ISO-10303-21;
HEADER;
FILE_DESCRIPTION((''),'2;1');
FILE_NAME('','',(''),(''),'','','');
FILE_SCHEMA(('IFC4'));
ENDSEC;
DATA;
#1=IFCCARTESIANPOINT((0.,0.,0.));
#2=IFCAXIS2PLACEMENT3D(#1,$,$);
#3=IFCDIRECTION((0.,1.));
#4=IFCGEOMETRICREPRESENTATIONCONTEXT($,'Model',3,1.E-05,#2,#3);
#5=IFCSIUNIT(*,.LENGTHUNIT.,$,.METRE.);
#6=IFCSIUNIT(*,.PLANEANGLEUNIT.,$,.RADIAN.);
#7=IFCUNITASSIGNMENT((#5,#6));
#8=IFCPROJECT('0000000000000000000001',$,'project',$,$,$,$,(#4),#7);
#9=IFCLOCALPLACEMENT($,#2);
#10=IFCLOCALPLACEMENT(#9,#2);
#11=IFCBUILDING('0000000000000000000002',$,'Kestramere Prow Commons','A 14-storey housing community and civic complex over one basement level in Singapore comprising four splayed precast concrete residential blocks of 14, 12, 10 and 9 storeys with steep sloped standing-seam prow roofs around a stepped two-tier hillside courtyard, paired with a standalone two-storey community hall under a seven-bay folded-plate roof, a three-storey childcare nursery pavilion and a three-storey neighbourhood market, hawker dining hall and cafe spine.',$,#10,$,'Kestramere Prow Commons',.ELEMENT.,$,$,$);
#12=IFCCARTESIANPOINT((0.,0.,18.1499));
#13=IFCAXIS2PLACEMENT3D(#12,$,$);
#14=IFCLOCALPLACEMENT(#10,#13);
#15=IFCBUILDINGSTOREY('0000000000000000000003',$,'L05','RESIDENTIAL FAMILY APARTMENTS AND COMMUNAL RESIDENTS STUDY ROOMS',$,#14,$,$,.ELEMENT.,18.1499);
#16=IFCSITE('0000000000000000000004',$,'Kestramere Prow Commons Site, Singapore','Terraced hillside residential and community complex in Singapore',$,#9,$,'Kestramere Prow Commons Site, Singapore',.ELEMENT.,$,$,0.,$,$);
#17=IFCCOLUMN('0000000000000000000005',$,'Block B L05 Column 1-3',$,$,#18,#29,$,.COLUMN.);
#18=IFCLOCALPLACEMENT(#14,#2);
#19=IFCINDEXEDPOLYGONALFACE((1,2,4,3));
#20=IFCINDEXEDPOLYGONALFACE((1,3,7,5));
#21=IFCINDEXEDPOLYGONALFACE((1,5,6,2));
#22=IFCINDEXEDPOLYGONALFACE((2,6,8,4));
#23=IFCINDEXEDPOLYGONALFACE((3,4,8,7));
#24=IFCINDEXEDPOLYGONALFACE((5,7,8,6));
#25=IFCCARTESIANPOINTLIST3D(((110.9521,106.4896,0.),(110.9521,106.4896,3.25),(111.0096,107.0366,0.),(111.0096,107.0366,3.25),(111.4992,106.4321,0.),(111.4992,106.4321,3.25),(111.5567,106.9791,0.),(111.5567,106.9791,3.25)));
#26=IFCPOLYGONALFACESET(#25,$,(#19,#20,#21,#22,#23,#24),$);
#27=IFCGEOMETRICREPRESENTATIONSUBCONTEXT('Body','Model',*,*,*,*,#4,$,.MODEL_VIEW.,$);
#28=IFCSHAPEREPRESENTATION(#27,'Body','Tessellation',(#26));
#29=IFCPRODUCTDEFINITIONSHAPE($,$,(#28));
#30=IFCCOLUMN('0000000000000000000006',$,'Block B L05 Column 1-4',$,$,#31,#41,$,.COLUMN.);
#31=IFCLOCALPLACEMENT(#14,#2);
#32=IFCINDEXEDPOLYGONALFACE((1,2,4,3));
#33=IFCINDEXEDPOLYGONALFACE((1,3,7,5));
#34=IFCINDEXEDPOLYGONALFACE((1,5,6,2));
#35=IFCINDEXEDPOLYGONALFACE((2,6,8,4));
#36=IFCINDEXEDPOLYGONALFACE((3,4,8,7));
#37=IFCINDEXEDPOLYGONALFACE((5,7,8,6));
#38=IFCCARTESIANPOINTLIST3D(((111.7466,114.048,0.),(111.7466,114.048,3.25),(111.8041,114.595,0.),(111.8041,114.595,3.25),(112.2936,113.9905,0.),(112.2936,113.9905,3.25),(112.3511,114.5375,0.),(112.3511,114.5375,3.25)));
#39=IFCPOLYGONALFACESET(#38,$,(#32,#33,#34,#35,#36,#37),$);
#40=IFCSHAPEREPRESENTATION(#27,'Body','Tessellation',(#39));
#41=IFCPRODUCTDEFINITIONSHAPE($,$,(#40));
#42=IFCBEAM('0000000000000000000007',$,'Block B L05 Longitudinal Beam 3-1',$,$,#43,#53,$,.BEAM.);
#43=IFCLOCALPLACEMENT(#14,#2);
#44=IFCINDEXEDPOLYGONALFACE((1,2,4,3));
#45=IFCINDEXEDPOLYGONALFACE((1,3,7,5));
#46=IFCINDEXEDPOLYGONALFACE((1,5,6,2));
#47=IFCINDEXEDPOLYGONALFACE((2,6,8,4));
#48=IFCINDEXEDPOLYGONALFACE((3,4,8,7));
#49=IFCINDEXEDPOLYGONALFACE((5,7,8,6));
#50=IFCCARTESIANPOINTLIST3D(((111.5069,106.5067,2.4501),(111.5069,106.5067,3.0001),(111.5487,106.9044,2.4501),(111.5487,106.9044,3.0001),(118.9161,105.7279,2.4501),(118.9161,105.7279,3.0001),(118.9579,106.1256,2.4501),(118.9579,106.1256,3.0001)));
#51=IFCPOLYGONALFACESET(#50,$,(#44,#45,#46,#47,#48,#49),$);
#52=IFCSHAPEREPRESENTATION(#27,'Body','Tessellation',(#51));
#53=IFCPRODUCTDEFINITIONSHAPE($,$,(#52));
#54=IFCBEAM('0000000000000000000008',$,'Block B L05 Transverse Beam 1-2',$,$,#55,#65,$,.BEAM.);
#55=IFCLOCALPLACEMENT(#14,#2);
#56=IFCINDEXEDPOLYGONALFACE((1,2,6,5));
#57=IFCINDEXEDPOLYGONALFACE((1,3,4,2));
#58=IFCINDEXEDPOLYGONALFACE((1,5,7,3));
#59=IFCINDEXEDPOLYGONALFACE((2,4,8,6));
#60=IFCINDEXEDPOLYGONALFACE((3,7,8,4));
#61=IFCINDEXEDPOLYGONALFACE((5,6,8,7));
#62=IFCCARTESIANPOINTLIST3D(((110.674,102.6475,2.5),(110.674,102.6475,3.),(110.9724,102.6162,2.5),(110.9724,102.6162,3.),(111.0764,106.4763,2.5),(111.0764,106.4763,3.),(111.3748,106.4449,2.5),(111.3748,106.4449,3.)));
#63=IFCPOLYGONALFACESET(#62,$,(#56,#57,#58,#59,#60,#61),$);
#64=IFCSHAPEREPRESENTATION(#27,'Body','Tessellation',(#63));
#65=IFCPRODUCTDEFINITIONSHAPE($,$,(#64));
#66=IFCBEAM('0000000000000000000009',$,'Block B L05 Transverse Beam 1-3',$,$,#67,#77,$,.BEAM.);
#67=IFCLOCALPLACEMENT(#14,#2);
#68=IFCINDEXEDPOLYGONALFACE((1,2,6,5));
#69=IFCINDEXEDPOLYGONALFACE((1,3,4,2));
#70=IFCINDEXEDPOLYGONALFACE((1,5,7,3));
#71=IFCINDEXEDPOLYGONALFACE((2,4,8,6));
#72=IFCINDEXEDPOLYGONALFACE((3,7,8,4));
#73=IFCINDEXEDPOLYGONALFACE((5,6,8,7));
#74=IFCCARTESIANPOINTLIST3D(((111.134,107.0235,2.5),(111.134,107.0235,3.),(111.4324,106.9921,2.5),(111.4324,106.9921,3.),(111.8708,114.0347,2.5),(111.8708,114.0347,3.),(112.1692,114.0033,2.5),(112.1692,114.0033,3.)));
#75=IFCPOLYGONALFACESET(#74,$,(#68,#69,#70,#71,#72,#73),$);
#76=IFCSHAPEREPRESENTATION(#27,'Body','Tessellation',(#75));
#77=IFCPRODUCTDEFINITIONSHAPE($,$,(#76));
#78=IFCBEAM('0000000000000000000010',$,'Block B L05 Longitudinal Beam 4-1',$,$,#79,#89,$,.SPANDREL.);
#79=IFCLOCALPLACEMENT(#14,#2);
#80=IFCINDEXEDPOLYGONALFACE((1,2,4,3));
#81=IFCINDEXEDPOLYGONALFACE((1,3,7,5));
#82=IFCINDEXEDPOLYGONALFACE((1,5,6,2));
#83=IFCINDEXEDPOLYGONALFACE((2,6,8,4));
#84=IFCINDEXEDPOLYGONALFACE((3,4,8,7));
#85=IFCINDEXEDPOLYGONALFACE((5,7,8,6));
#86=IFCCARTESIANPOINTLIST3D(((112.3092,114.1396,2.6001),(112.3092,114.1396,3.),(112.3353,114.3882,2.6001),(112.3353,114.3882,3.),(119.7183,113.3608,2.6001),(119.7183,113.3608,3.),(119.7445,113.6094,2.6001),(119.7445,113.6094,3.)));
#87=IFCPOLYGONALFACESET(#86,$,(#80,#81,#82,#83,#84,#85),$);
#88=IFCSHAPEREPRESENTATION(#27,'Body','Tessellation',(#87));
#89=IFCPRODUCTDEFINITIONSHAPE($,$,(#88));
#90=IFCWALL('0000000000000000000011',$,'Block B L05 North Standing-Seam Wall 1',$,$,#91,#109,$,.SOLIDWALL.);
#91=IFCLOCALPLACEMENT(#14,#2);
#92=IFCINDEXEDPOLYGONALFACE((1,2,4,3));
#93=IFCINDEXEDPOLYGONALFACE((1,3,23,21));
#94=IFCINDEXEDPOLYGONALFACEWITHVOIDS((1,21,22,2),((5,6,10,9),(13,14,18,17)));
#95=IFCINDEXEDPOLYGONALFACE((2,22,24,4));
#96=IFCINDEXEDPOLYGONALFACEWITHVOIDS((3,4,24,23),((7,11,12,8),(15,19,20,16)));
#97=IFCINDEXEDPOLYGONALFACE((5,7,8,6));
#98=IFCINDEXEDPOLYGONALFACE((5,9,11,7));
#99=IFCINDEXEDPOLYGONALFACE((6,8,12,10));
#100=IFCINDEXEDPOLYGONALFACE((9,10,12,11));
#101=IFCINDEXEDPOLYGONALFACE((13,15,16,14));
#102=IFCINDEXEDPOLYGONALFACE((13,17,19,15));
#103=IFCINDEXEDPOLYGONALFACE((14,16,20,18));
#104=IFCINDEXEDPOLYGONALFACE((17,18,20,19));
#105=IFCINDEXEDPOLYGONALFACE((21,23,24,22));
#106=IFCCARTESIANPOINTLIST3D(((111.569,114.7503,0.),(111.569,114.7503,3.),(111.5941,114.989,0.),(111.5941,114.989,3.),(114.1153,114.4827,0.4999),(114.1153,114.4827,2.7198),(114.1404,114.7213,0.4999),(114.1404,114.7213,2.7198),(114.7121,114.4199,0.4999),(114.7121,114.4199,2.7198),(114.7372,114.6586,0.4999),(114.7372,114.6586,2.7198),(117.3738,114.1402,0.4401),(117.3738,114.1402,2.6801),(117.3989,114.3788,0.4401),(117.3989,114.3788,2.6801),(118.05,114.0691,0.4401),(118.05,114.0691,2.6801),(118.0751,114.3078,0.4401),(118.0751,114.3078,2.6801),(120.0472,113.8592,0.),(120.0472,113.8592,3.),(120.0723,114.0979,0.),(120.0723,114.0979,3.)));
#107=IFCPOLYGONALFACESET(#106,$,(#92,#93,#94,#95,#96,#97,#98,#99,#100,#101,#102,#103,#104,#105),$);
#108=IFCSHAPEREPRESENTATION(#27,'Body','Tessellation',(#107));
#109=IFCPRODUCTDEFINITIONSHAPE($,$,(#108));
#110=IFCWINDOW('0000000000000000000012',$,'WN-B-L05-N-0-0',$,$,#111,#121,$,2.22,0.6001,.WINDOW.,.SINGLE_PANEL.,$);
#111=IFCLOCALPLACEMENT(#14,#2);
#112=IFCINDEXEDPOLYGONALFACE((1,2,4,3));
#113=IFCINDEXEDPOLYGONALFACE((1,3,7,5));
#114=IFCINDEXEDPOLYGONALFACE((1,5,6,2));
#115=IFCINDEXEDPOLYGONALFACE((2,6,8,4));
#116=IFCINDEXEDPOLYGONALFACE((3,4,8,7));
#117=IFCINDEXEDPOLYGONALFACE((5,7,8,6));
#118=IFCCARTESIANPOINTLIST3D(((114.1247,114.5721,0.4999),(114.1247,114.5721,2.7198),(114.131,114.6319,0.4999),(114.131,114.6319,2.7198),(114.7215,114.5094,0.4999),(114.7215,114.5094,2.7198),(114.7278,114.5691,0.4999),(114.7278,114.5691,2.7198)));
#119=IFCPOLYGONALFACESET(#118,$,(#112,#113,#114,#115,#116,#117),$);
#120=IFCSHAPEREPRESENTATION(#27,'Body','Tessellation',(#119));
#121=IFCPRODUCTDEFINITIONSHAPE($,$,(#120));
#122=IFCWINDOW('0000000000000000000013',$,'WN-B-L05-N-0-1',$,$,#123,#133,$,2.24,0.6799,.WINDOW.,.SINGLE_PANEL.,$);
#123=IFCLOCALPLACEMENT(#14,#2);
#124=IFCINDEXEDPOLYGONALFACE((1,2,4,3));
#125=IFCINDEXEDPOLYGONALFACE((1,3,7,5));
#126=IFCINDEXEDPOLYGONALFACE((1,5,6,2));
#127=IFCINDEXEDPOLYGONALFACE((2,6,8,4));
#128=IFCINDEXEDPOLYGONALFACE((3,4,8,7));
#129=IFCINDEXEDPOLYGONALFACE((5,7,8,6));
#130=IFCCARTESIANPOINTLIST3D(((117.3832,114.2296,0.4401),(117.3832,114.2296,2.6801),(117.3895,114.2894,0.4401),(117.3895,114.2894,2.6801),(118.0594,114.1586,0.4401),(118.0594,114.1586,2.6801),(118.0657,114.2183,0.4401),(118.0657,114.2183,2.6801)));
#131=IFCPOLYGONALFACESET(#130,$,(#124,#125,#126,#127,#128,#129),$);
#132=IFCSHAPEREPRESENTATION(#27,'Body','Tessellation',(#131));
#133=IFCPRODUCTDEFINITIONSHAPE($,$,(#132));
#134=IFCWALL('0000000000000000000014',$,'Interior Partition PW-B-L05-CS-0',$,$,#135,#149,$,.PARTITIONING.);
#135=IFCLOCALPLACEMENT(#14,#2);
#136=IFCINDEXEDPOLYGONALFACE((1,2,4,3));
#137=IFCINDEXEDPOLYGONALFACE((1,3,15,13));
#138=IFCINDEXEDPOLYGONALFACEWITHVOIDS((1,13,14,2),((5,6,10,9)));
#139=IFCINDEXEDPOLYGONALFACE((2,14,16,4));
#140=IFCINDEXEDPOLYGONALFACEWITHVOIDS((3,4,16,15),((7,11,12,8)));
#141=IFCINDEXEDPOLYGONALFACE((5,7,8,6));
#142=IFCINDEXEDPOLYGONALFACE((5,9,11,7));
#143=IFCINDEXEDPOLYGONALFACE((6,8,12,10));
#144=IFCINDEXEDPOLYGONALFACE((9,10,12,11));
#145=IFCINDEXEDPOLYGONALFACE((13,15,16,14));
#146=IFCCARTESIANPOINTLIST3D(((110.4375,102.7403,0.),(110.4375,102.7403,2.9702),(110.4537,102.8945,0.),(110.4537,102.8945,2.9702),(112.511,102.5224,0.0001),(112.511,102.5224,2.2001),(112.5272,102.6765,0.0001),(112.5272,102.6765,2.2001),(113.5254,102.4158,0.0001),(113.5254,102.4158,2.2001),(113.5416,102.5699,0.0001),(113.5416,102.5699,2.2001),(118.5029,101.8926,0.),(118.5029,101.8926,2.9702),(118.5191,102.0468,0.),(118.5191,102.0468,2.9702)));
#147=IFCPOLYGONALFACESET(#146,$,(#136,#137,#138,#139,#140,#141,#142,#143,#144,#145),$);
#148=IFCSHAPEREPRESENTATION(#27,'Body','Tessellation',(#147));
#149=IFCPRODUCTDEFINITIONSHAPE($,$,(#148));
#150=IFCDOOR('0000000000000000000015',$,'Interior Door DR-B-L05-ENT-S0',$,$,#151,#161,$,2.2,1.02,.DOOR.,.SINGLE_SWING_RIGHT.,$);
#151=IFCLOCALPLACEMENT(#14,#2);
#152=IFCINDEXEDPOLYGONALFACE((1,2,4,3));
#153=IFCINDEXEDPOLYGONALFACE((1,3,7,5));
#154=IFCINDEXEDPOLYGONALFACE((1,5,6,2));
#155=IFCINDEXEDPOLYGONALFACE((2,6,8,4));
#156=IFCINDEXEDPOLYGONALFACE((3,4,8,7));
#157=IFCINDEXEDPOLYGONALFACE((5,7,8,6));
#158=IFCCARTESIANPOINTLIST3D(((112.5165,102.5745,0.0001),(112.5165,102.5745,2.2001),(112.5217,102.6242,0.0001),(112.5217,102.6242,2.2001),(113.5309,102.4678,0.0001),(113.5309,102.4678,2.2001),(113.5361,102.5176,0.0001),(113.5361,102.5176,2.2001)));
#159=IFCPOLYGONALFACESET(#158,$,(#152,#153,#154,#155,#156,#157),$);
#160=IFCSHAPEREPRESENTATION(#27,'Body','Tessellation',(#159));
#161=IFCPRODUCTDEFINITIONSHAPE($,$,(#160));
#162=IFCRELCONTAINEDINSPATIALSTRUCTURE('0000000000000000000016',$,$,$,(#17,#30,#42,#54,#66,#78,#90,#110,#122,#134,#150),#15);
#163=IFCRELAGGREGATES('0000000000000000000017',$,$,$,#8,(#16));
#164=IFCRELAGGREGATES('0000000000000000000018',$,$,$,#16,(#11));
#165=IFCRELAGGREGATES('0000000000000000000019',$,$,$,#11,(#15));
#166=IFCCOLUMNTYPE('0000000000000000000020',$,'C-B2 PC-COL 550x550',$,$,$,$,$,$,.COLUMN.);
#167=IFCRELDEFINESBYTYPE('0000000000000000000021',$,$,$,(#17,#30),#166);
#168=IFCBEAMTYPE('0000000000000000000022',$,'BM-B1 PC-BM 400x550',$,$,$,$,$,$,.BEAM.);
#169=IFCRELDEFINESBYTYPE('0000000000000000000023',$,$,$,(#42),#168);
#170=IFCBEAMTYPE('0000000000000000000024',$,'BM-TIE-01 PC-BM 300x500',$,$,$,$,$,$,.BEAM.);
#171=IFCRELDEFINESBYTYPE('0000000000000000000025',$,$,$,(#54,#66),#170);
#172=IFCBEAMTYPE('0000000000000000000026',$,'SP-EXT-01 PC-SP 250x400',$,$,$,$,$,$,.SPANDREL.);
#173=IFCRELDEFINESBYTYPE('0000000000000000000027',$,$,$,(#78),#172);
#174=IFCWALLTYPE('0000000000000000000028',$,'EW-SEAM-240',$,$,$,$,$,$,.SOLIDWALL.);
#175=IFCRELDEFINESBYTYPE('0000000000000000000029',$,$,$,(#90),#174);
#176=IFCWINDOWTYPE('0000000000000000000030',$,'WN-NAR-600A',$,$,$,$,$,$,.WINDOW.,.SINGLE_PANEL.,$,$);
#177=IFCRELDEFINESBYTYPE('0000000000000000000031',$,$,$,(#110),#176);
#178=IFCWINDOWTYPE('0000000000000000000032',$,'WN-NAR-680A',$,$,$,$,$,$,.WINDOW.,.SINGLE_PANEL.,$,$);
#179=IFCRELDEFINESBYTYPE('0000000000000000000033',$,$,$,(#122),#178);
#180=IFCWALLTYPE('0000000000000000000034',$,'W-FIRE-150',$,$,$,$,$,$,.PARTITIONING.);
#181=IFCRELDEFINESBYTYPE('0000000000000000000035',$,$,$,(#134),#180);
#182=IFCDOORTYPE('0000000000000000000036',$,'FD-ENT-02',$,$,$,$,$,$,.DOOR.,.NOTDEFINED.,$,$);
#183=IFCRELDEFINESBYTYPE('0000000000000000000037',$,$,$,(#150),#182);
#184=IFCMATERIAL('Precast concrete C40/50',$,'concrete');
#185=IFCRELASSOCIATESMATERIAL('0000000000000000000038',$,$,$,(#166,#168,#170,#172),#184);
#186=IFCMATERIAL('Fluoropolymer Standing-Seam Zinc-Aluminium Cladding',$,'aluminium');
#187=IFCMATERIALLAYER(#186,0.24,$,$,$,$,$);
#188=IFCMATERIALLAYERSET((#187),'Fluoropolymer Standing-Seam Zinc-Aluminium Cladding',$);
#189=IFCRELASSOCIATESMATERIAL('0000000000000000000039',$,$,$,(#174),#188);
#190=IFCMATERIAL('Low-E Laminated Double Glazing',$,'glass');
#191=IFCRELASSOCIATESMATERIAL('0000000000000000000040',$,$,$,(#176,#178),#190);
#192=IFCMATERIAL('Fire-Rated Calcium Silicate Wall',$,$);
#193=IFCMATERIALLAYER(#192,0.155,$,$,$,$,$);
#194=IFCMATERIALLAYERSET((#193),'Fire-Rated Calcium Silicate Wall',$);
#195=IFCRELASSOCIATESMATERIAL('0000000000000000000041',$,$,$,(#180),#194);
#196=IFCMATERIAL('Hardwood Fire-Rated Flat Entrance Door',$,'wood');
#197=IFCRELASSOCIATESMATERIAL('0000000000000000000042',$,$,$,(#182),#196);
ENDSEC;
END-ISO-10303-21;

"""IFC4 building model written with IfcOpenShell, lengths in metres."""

from ifc_helpers import new_model, si_unit, direction, frame, frame_2d, origin, origin_2d, place, context, subcontext, project, spatial, rectangle, extrude, material, layer, layer_set, material_profile, profile_set, type_object, element, fill, save


model = new_model("IFC4")

# Units and contexts
model_context = context("Model", 3, precision=1e-05, world=origin(), true_north=direction((0.0, 1.0)))
body_context = subcontext(model_context, "Body", "Model", "MODEL_VIEW")
ifc_project = project(units=[si_unit("LENGTHUNIT", "METRE"), si_unit("PLANEANGLEUNIT", "RADIAN")], contexts=[model_context])

# Site, building, storey
site_placement = place(None, origin())
site = spatial("IfcSite", under=ifc_project, at=site_placement, Name="Kestramere Prow Commons Site, Singapore", Description="Terraced hillside residential and community complex in Singapore", LongName="Kestramere Prow Commons Site, Singapore", CompositionType="ELEMENT", RefElevation=0.0)
building_placement = place(site_placement, origin())
building = spatial("IfcBuilding", under=site, at=building_placement, Name="Kestramere Prow Commons", Description="A 14-storey housing community and civic complex over one basement level in Singapore comprising four splayed precast concrete residential blocks of 14, 12, 10 and 9 storeys with steep sloped standing-seam prow roofs around a stepped two-tier hillside courtyard, paired with a standalone two-storey community hall under a seven-bay folded-plate roof, a three-storey childcare nursery pavilion and a three-storey neighbourhood market, hawker dining hall and cafe spine.", LongName="Kestramere Prow Commons", CompositionType="ELEMENT")
storey_placement = place(building_placement, frame((0.0, 0.0, 18.1499)))
storey = spatial("IfcBuildingStorey", under=building, at=storey_placement, Name="L05", Description="RESIDENTIAL FAMILY APARTMENTS AND COMMUNAL RESIDENTS STUDY ROOMS", CompositionType="ELEMENT", Elevation=18.1499)

# Columns
ifc_material_1 = material(Name="Precast concrete C40/50", Category="concrete")
ifc_material_profile_1 = material_profile(ifc_material_1, rectangle(XDim=0.55, YDim=0.55, at=origin_2d()), Name="PC-COL 550x550")
ifc_profile_set_1 = profile_set([ifc_material_profile_1], Name="Precast concrete C40/50")
column_type = type_object("IfcColumnType", Name="C-B2 PC-COL 550x550", PredefinedType="COLUMN", material=ifc_profile_set_1)
for number, where, z_axis, x_axis, name in (
    (1, (111.2544, 106.7344, 0.0), (0.0, 0.0, 1.0), (0.994522, -0.104528, 0.0), "Block B L05 Column 1-3"),
    (2, (112.0488, 114.2927, 0.0), (0.0, 0.0, 1.0), (0.994522, -0.104528, 0.0), "Block B L05 Column 1-4"),
):
    element("IfcColumn", number, at=place(storey_placement, frame(where, z_axis=z_axis, x_axis=x_axis)), inside=storey, type_object=column_type, Name=name, PredefinedType="COLUMN", context=body_context, shape_type="SweptSolid", body=[
        extrude(rectangle(XDim=0.55, YDim=0.55, at=origin_2d()), origin(), (0.0, 0.0, 1.0), 3.25),
    ])

# Beams
ifc_material_profile_2 = material_profile(ifc_material_1, rectangle(XDim=0.3999, YDim=0.55, at=origin_2d()), Name="PC-BM 400x550")
ifc_profile_set_2 = profile_set([ifc_material_profile_2], Name="Precast concrete C40/50")
beam_type_1 = type_object("IfcBeamType", Name="BM-B1 PC-BM 400x550", PredefinedType="BEAM", material=ifc_profile_set_2)
beam_1_placement = place(storey_placement, frame((111.5278, 106.7056, 2.7251), z_axis=(0.994521, -0.104538, 0.0), x_axis=(0.104538, 0.994521, 0.0)))
element("IfcBeam", 3, at=beam_1_placement, inside=storey, type_object=beam_type_1, Name="Block B L05 Longitudinal Beam 3-1", PredefinedType="BEAM", context=body_context, shape_type="SweptSolid", body=[
    extrude(rectangle(XDim=0.3999, YDim=0.55, at=origin_2d()), origin(), (0.0, 0.0, 1.0), 7.45),
])
ifc_material_profile_3 = material_profile(ifc_material_1, rectangle(XDim=0.3, YDim=0.5, at=origin_2d()), Name="PC-BM 300x500")
ifc_profile_set_3 = profile_set([ifc_material_profile_3], Name="Precast concrete C40/50")
beam_type_2 = type_object("IfcBeamType", Name="BM-TIE-01 PC-BM 300x500", PredefinedType="BEAM", material=ifc_profile_set_3)
beam_2_placement = place(storey_placement, frame((110.8232, 102.6318, 2.75), z_axis=(0.104507, 0.994524, 0.0), x_axis=(-0.994524, 0.104507, 0.0)))
element("IfcBeam", 4, at=beam_2_placement, inside=storey, type_object=beam_type_2, Name="Block B L05 Transverse Beam 1-2", PredefinedType="BEAM", context=body_context, shape_type="SweptSolid", body=[
    extrude(rectangle(XDim=0.3, YDim=0.5, at=origin_2d()), origin(), (0.0, 0.0, 1.0), 3.8499),
])
beam_3_placement = place(storey_placement, frame((111.2832, 107.0078, 2.75), z_axis=(0.104515, 0.994523, 0.0), x_axis=(-0.994523, 0.104515, 0.0)))
element("IfcBeam", 5, at=beam_3_placement, inside=storey, type_object=beam_type_2, Name="Block B L05 Transverse Beam 1-3", PredefinedType="BEAM", context=body_context, shape_type="SweptSolid", body=[
    extrude(rectangle(XDim=0.3, YDim=0.5, at=origin_2d()), origin(), (0.0, 0.0, 1.0), 7.0498),
])
ifc_material_profile_4 = material_profile(ifc_material_1, rectangle(XDim=0.25, YDim=0.3999, at=origin_2d()), Name="PC-SP 250x400")
ifc_profile_set_4 = profile_set([ifc_material_profile_4], Name="Precast concrete C40/50")
beam_type_3 = type_object("IfcBeamType", Name="SP-EXT-01 PC-SP 250x400", PredefinedType="SPANDREL", material=ifc_profile_set_4)
beam_4_placement = place(storey_placement, frame((112.3223, 114.2639, 2.8), z_axis=(0.994521, -0.104538, 0.0), x_axis=(0.104538, 0.994521, 0.0)))
element("IfcBeam", 6, at=beam_4_placement, inside=storey, type_object=beam_type_3, Name="Block B L05 Longitudinal Beam 4-1", PredefinedType="SPANDREL", context=body_context, shape_type="SweptSolid", body=[
    extrude(rectangle(XDim=0.25, YDim=0.3999, at=origin_2d()), origin(), (0.0, 0.0, 1.0), 7.45),
])

# Wall, openings, windows
ifc_material_2 = material(Name="Fluoropolymer Standing-Seam Zinc-Aluminium Cladding", Category="aluminium")
ifc_layer_1 = layer(ifc_material_2, 0.24)
ifc_layer_set_1 = layer_set([ifc_layer_1], Name="Fluoropolymer Standing-Seam Zinc-Aluminium Cladding")
wall_type_1 = type_object("IfcWallType", Name="EW-SEAM-240", PredefinedType="SOLIDWALL", material=ifc_layer_set_1)
wall_1_placement = place(storey_placement, frame((111.5815, 114.8696, 0.0), z_axis=(0.0, 0.0, 1.0), x_axis=(0.994522, -0.10453, 0.0)))
wall_1 = element("IfcWall", 7, at=wall_1_placement, inside=storey, type_object=wall_type_1, Name="Block B L05 North Standing-Seam Wall 1", PredefinedType="SOLIDWALL", context=body_context, shape_type="SweptSolid", body=[
    extrude(rectangle(XDim=8.5249, YDim=0.24, at=frame_2d((4.2625, 0.0))), origin(), (0.0, 0.0, 1.0), 3.0),
])
opening_1_placement = place(wall_1_placement, frame((2.5603, 0.0, 0.5)))
opening_1 = element("IfcOpeningElement", 8, at=opening_1_placement, cuts=wall_1, PredefinedType="OPENING", context=body_context, shape_type="SweptSolid", body=[
    extrude(rectangle(XDim=0.6001, YDim=2.22, at=frame_2d((0.3, 1.1099))), frame((0.0, 0.135, 0.0), z_axis=(0.0, -1.0, 0.0), x_axis=(1.0, 0.0, 0.0)), (0.0, 0.0, 1.0), 0.27),
])
opening_2_placement = place(wall_1_placement, frame((5.8369, 0.0, 0.4399)))
opening_2 = element("IfcOpeningElement", 9, at=opening_2_placement, cuts=wall_1, PredefinedType="OPENING", context=body_context, shape_type="SweptSolid", body=[
    extrude(rectangle(XDim=0.6799, YDim=2.24, at=frame_2d((0.3398, 1.1201))), frame((0.0, 0.135, 0.0), z_axis=(0.0, -1.0, 0.0), x_axis=(1.0, 0.0, 0.0)), (0.0, 0.0, 1.0), 0.27),
])
ifc_material_3 = material(Name="Low-E Laminated Double Glazing", Category="glass")
window_type_1 = type_object("IfcWindowType", Name="WN-NAR-600A", PartitioningType="SINGLE_PANEL", PredefinedType="WINDOW", material=ifc_material_3)
window_1_placement = place(opening_1_placement, origin())
window_1 = element("IfcWindow", 10, at=window_1_placement, inside=storey, type_object=window_type_1, Name="WN-B-L05-N-0-0", OverallHeight=2.22, OverallWidth=0.6001, PartitioningType="SINGLE_PANEL", PredefinedType="WINDOW", context=body_context, shape_type="SweptSolid", body=[
    extrude(rectangle(XDim=0.6001, YDim=2.22, at=frame_2d((0.3, 1.1099))), frame((0.0, 0.03, 0.0), z_axis=(0.0, -1.0, 0.0), x_axis=(1.0, 0.0, 0.0)), (0.0, 0.0, 1.0), 0.0601),
])
fill(opening_1, window_1)
window_type_2 = type_object("IfcWindowType", Name="WN-NAR-680A", PartitioningType="SINGLE_PANEL", PredefinedType="WINDOW", material=ifc_material_3)
window_2_placement = place(opening_2_placement, origin())
window_2 = element("IfcWindow", 11, at=window_2_placement, inside=storey, type_object=window_type_2, Name="WN-B-L05-N-0-1", OverallHeight=2.24, OverallWidth=0.6799, PartitioningType="SINGLE_PANEL", PredefinedType="WINDOW", context=body_context, shape_type="SweptSolid", body=[
    extrude(rectangle(XDim=0.6799, YDim=2.24, at=frame_2d((0.3398, 1.1201))), frame((0.0, 0.03, 0.0), z_axis=(0.0, -1.0, 0.0), x_axis=(1.0, 0.0, 0.0)), (0.0, 0.0, 1.0), 0.0601),
])
fill(opening_2, window_2)

# Wall, opening, door
ifc_material_4 = material(Name="Fire-Rated Calcium Silicate Wall")
ifc_layer_2 = layer(ifc_material_4, 0.155)
ifc_layer_set_2 = layer_set([ifc_layer_2], Name="Fire-Rated Calcium Silicate Wall")
wall_type_2 = type_object("IfcWallType", Name="W-FIRE-150", PredefinedType="PARTITIONING", material=ifc_layer_set_2)
wall_2_placement = place(storey_placement, frame((110.4456, 102.8174, 0.0), z_axis=(0.0, 0.0, 1.0), x_axis=(0.994523, -0.104522, 0.0)))
wall_2 = element("IfcWall", 12, at=wall_2_placement, inside=storey, type_object=wall_type_2, Name="Interior Partition PW-B-L05-CS-0", PredefinedType="PARTITIONING", context=body_context, shape_type="SweptSolid", body=[
    extrude(rectangle(XDim=8.1099, YDim=0.155, at=frame_2d((4.0549, 0.0))), origin(), (0.0, 0.0, 1.0), 2.9702),
])
opening_3_placement = place(wall_2_placement, frame((2.085, 0.0, 0.0)))
opening_3 = element("IfcOpeningElement", 13, at=opening_3_placement, cuts=wall_2, PredefinedType="OPENING", context=body_context, shape_type="SweptSolid", body=[
    extrude(rectangle(XDim=1.02, YDim=2.2, at=frame_2d((0.51, 1.1001))), frame((0.0, 0.0925, 0.0), z_axis=(0.0, -1.0, 0.0), x_axis=(1.0, 0.0, 0.0)), (0.0, 0.0, 1.0), 0.1851),
])
ifc_material_5 = material(Name="Hardwood Fire-Rated Flat Entrance Door", Category="wood")
door_type_1 = type_object("IfcDoorType", Name="FD-ENT-02", OperationType="NOTDEFINED", PredefinedType="DOOR", material=ifc_material_5)
door_1_placement = place(opening_3_placement, origin())
door_1 = element("IfcDoor", 14, at=door_1_placement, inside=storey, type_object=door_type_1, Name="Interior Door DR-B-L05-ENT-S0", OperationType="SINGLE_SWING_RIGHT", OverallHeight=2.2, OverallWidth=1.02, PredefinedType="DOOR", context=body_context, shape_type="SweptSolid", body=[
    extrude(rectangle(XDim=1.02, YDim=2.2, at=frame_2d((0.51, 1.1001))), frame((0.0, 0.0249, 0.0), z_axis=(0.0, -1.0, 0.0), x_axis=(1.0, 0.0, 0.0)), (0.0, 0.0, 1.0), 0.05),
])
fill(opening_3, door_1)

save(model, "model.ifc")
